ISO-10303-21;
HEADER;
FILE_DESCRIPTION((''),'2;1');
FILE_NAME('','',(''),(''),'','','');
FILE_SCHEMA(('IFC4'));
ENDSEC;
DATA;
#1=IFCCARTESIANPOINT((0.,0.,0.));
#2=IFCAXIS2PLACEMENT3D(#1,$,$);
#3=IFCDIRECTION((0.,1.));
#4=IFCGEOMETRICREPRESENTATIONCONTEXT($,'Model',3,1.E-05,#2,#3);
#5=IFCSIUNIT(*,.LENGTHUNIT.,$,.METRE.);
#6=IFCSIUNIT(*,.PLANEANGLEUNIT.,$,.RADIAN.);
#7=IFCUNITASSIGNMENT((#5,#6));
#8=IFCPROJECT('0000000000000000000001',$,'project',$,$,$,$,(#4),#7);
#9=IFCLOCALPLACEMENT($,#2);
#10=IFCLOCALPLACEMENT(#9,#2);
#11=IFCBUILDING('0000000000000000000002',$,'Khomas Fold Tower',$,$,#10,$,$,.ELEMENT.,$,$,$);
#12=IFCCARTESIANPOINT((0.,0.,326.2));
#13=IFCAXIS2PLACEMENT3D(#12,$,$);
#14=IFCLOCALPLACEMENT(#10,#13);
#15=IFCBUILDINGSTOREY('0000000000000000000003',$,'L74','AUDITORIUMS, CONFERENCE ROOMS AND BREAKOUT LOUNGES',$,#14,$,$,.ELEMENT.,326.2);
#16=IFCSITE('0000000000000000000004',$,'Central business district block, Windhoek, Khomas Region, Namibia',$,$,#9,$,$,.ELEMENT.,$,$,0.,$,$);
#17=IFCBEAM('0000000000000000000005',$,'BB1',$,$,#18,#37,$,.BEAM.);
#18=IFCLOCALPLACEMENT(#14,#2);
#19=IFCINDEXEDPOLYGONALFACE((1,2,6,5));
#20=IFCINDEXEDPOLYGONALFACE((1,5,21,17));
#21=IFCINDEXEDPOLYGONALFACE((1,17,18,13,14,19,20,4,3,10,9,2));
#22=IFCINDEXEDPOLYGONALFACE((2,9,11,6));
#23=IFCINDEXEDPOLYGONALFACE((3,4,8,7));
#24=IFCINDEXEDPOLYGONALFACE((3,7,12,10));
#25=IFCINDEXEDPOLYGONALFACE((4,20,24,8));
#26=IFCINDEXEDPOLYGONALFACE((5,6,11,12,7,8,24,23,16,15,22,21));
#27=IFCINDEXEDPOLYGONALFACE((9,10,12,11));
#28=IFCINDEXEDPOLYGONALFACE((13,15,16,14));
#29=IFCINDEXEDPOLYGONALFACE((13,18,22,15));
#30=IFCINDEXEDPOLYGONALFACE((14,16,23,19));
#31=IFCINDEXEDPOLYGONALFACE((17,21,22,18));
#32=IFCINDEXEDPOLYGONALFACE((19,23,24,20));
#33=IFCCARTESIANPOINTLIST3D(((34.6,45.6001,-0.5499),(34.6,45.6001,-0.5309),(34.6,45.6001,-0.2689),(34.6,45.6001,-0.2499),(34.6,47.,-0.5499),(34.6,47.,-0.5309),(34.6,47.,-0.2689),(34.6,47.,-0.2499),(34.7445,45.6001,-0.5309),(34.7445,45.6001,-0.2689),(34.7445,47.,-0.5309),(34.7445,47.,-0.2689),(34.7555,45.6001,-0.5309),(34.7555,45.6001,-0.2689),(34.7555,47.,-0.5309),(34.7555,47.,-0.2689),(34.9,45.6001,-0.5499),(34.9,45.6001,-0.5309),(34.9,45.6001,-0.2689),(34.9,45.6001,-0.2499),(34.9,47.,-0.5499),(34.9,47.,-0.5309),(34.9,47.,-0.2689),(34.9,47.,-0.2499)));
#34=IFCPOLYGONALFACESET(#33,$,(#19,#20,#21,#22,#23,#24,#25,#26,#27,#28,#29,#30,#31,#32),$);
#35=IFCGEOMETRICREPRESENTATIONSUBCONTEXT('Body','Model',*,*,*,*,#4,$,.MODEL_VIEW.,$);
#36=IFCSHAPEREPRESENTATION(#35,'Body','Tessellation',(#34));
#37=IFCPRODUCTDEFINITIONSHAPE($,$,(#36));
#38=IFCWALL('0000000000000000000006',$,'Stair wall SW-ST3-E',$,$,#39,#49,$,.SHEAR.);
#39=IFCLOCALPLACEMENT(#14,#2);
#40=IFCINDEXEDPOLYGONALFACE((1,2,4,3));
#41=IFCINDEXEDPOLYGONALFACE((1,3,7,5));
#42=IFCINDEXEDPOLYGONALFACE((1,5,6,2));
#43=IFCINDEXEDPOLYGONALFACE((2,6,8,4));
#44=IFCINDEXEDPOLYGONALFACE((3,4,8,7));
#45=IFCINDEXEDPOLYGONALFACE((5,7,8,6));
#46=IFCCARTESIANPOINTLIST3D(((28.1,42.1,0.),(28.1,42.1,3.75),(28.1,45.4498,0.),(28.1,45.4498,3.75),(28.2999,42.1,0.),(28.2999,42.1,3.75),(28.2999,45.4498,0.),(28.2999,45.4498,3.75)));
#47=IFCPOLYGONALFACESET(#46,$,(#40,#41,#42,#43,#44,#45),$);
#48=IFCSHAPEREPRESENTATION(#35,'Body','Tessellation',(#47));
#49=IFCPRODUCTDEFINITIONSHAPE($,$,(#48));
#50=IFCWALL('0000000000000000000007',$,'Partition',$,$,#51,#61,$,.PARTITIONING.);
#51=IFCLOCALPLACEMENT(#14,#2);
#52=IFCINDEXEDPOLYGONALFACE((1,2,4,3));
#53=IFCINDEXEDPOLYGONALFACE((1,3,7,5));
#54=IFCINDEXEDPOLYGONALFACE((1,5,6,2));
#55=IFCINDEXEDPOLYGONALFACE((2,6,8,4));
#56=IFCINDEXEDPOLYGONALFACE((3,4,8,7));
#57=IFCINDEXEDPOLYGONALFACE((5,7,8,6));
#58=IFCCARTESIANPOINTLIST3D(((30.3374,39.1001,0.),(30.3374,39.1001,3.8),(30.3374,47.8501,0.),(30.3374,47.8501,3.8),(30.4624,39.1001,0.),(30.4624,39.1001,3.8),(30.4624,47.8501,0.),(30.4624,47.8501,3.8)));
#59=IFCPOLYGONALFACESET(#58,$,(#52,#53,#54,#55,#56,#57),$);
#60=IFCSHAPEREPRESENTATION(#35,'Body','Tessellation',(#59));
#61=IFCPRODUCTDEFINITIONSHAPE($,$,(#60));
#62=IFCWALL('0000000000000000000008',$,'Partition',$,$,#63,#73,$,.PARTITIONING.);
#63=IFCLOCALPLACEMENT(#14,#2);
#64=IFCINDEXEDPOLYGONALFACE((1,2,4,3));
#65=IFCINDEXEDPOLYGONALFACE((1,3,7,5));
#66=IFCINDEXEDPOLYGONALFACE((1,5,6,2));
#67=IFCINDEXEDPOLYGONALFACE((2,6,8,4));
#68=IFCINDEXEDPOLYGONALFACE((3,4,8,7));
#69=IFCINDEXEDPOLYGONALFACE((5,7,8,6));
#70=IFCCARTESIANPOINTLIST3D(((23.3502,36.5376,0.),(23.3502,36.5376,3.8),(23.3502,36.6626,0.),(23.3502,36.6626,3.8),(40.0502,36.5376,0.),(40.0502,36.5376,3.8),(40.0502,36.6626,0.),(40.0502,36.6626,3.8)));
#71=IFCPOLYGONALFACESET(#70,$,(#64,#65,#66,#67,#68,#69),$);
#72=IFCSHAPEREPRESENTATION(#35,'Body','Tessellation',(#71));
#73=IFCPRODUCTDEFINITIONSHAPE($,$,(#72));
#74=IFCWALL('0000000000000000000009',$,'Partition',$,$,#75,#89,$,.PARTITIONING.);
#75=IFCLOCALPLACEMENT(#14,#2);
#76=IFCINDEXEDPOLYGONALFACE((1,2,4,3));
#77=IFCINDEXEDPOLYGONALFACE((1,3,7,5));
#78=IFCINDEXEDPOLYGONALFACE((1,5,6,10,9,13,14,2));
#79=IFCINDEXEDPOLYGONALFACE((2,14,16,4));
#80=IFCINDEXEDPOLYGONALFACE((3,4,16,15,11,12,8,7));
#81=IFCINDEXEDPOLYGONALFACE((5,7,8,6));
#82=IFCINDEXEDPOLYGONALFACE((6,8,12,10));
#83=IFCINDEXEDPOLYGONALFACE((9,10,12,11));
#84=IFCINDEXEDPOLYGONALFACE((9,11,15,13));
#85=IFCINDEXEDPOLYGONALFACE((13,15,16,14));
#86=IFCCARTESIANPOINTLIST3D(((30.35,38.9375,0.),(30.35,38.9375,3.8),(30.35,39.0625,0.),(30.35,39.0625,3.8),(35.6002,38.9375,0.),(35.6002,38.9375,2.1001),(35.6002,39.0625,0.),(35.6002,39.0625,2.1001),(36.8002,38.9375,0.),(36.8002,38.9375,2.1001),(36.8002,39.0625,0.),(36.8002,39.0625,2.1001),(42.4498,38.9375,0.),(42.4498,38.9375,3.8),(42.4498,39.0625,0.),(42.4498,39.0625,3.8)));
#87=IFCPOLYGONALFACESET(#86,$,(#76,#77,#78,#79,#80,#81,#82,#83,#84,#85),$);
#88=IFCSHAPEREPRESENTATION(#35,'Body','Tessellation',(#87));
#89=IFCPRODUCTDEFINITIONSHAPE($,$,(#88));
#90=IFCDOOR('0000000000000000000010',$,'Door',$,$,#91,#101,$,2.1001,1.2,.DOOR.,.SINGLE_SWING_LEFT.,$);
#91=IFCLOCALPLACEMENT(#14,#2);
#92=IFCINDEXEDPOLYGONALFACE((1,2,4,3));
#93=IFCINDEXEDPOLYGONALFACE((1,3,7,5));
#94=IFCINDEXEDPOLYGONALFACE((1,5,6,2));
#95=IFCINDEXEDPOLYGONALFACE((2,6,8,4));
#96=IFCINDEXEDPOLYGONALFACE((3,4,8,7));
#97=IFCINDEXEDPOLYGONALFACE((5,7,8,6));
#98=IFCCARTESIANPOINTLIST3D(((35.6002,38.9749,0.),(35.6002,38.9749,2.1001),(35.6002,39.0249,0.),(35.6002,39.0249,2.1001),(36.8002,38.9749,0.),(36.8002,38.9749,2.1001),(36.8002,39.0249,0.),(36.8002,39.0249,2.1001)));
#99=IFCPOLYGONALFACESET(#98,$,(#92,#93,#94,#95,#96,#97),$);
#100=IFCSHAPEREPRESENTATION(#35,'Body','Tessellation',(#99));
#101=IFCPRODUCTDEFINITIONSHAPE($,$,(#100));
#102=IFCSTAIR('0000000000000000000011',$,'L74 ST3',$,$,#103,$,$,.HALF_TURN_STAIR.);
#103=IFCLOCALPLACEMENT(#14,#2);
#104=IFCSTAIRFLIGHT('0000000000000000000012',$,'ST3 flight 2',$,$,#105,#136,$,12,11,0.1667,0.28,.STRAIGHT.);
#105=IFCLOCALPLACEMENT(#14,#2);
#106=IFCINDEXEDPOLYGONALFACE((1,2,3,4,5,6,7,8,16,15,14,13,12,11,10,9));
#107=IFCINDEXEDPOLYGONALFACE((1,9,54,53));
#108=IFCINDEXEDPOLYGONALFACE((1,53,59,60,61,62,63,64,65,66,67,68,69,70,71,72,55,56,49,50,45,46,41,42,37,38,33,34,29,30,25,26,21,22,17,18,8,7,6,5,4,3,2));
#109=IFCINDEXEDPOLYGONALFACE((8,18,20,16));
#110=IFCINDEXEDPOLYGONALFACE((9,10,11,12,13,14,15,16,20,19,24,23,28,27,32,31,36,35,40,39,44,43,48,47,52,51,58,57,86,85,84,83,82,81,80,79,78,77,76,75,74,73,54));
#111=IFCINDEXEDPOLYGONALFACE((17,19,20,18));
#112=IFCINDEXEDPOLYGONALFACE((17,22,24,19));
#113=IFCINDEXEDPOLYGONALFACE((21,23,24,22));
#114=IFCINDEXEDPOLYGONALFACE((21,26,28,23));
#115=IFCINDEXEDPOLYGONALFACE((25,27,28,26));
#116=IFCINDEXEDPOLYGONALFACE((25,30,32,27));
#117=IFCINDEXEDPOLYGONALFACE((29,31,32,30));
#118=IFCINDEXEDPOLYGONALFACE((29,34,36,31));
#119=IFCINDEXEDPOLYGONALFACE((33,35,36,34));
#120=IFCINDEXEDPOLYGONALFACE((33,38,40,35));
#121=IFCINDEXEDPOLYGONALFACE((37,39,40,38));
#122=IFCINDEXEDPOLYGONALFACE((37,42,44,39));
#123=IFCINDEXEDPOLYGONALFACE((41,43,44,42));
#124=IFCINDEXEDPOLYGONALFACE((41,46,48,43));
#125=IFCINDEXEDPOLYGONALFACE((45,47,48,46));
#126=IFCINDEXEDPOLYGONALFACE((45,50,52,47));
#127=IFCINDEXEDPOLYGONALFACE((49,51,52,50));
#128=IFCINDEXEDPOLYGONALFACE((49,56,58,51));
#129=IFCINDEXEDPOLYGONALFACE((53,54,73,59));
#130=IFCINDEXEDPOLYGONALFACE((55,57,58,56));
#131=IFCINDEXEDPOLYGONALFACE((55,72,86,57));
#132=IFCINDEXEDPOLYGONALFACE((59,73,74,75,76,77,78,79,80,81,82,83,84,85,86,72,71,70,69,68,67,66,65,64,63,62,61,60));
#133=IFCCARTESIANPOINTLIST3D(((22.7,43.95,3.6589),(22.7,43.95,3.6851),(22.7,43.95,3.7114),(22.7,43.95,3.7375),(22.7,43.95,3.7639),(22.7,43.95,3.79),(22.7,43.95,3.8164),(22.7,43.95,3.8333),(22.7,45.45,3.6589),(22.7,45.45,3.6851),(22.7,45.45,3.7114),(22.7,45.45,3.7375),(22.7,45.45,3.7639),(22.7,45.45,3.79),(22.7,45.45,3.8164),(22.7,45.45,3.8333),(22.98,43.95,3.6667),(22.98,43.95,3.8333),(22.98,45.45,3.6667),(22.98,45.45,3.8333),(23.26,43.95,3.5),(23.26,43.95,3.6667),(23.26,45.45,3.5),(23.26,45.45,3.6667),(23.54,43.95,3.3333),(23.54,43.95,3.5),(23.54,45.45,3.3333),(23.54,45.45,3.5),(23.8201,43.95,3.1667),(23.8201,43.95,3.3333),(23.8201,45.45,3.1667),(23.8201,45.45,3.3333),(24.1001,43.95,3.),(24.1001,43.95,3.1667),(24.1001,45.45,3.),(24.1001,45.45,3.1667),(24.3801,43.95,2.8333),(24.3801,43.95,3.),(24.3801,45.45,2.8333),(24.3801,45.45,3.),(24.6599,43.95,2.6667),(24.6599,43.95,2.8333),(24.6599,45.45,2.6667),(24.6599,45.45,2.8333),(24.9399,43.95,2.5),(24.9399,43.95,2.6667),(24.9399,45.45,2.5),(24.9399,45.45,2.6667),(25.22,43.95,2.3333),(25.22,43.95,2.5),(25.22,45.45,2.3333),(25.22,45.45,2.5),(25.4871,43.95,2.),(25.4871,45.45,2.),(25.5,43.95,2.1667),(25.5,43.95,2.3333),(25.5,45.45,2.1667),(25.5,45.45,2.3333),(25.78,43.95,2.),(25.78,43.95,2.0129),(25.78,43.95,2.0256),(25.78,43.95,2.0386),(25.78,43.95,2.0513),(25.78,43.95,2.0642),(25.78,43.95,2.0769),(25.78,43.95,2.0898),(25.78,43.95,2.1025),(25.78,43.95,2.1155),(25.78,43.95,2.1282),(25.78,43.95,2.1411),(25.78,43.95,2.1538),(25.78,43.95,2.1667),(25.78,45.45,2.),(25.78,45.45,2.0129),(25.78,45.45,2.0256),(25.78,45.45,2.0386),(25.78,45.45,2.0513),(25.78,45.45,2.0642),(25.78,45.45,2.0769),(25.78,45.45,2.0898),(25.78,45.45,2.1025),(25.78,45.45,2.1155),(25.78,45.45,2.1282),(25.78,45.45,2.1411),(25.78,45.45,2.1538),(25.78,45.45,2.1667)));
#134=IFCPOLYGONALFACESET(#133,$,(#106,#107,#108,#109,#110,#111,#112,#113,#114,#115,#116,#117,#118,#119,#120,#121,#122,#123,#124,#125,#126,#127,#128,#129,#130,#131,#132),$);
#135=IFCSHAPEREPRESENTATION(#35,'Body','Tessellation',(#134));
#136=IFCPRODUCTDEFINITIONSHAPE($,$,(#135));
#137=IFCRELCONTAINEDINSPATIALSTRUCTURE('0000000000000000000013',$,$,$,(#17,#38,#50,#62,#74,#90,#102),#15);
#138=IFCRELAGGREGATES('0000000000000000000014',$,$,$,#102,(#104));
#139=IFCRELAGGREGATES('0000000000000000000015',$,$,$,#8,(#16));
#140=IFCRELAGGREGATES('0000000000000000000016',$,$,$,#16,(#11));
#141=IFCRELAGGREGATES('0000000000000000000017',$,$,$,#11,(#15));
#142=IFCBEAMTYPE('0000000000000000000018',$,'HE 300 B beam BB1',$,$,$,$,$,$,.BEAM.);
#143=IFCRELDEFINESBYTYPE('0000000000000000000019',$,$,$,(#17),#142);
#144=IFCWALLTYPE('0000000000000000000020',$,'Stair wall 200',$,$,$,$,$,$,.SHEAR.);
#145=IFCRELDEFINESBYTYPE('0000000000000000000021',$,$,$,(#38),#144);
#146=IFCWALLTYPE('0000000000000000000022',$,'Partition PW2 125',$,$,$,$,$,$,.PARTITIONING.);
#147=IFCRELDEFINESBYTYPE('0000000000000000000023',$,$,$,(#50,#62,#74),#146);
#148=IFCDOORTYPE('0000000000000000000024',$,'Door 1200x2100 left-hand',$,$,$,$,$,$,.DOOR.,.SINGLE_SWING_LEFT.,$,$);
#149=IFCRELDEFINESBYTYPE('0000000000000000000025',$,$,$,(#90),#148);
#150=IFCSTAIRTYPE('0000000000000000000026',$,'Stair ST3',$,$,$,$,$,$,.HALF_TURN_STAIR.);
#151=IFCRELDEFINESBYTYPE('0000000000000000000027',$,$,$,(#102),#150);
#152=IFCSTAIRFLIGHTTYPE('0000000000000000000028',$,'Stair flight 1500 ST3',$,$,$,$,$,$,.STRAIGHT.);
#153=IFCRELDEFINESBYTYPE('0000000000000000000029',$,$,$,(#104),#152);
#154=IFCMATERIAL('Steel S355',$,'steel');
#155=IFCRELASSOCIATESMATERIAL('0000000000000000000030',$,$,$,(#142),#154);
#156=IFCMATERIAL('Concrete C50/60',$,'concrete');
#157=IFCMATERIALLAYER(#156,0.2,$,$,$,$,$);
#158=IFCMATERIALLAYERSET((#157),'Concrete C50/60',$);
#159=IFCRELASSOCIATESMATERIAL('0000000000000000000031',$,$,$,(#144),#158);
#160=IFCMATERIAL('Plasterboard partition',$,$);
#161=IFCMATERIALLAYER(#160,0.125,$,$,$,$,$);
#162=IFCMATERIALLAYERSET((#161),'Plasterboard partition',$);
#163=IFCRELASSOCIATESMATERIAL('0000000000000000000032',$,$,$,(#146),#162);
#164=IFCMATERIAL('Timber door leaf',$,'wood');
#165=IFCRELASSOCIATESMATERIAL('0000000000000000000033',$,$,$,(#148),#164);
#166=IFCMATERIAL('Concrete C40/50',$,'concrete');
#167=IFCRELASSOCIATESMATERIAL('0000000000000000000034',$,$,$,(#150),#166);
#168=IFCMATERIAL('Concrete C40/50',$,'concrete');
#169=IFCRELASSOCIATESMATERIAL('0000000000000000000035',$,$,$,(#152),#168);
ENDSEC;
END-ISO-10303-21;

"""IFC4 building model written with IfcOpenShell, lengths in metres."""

from ifc_helpers import new_model, si_unit, direction, frame, frame_2d, origin, origin_2d, place, context, subcontext, project, spatial, polyline, rectangle, i_section, outline, extrude, source, transform, mapped, material, layer, layer_set, material_profile, profile_set, type_object, element, fill, aggregate, save


model = new_model("IFC4")

# Units and contexts
model_context = context("Model", 3, precision=1e-05, world=origin(), true_north=direction((0.0, 1.0)))
body_context = subcontext(model_context, "Body", "Model", "MODEL_VIEW")
ifc_project = project(units=[si_unit("LENGTHUNIT", "METRE"), si_unit("PLANEANGLEUNIT", "RADIAN")], contexts=[model_context])

# Site, building, storey
site_placement = place(None, origin())
site = spatial("IfcSite", under=ifc_project, at=site_placement, Name="Central business district block, Windhoek, Khomas Region, Namibia", CompositionType="ELEMENT", RefElevation=0.0)
building_placement = place(site_placement, origin())
building = spatial("IfcBuilding", under=site, at=building_placement, Name="Khomas Fold Tower", CompositionType="ELEMENT")
storey_placement = place(building_placement, frame((0.0, 0.0, 326.2)))
storey = spatial("IfcBuildingStorey", under=building, at=storey_placement, Name="L74", Description="AUDITORIUMS, CONFERENCE ROOMS AND BREAKOUT LOUNGES", CompositionType="ELEMENT", Elevation=326.2)

# Beam
ifc_material_1 = material(Name="Steel S355", Category="steel")
ifc_material_profile_1 = material_profile(ifc_material_1, i_section(OverallWidth=0.3, OverallDepth=0.3, WebThickness=0.011, FlangeThickness=0.019, at=origin_2d()), Name="HE 300 B")
ifc_profile_set_1 = profile_set([ifc_material_profile_1], Name="Steel S355")
beam_type_1 = type_object("IfcBeamType", Name="HE 300 B beam BB1", PredefinedType="BEAM", material=ifc_profile_set_1)
shared_shape_1 = source(origin(), body_context, "Body", "SweptSolid", [
    extrude(i_section(OverallWidth=0.3, OverallDepth=0.3, WebThickness=0.011, FlangeThickness=0.019, at=origin_2d()), origin(), (0.0, 0.0, 1.0), 1.3999),
])
beam_1_placement = place(storey_placement, frame((34.75, 45.6001, -0.3999), z_axis=(0.0, 1.0, 0.0), x_axis=(-1.0, 0.0, 0.0)))
element("IfcBeam", 1, at=beam_1_placement, inside=storey, type_object=beam_type_1, Name="BB1", PredefinedType="BEAM", context=body_context, shape_type="MappedRepresentation", body=[
    mapped(shared_shape_1, transform((0.0, 0.0, 0.0))),
])

# Wall
ifc_material_2 = material(Name="Concrete C50/60", Category="concrete")
ifc_layer_1 = layer(ifc_material_2, 0.2)
ifc_layer_set_1 = layer_set([ifc_layer_1], Name="Concrete C50/60")
wall_type_1 = type_object("IfcWallType", Name="Stair wall 200", PredefinedType="SHEAR", material=ifc_layer_set_1)
shared_shape_2 = source(origin(), body_context, "Body", "SweptSolid", [
    extrude(rectangle(XDim=3.3499, YDim=0.2, at=frame_2d((1.6748, 0.0))), origin(), (0.0, 0.0, 1.0), 3.75),
])
wall_1_placement = place(storey_placement, frame((28.2, 42.1001, 0.0), z_axis=(0.0, 0.0, 1.0), x_axis=(0.0, 1.0, 0.0)))
element("IfcWall", 2, at=wall_1_placement, inside=storey, type_object=wall_type_1, Name="Stair wall SW-ST3-E", PredefinedType="SHEAR", context=body_context, shape_type="MappedRepresentation", body=[
    mapped(shared_shape_2, transform((0.0, 0.0, 0.0))),
])

# Walls
ifc_material_3 = material(Name="Plasterboard partition")
ifc_layer_2 = layer(ifc_material_3, 0.125)
ifc_layer_set_2 = layer_set([ifc_layer_2], Name="Plasterboard partition")
wall_type_2 = type_object("IfcWallType", Name="Partition PW2 125", PredefinedType="PARTITIONING", material=ifc_layer_set_2)
shared_shape_3 = source(origin(), body_context, "Body", "SweptSolid", [
    extrude(rectangle(XDim=8.75, YDim=0.125, at=frame_2d((4.375, 0.0))), origin(), (0.0, 0.0, 1.0), 3.8),
])
wall_2_placement = place(storey_placement, frame((30.3999, 39.1001, 0.0), z_axis=(0.0, 0.0, 1.0), x_axis=(0.0, 1.0, 0.0)))
element("IfcWall", 3, at=wall_2_placement, inside=storey, type_object=wall_type_2, Name="Partition", PredefinedType="PARTITIONING", context=body_context, shape_type="MappedRepresentation", body=[
    mapped(shared_shape_3, transform((0.0, 0.0, 0.0))),
])
shared_shape_4 = source(origin(), body_context, "Body", "SweptSolid", [
    extrude(rectangle(XDim=16.7, YDim=0.125, at=frame_2d((8.3501, 0.0))), origin(), (0.0, 0.0, 1.0), 3.8),
])
wall_3_placement = place(storey_placement, frame((23.3501, 36.6001, 0.0), z_axis=(0.0, 0.0, 1.0), x_axis=(1.0, 0.0, 0.0)))
element("IfcWall", 4, at=wall_3_placement, inside=storey, type_object=wall_type_2, Name="Partition", PredefinedType="PARTITIONING", context=body_context, shape_type="MappedRepresentation", body=[
    mapped(shared_shape_4, transform((0.0, 0.0, 0.0))),
])

# Wall, opening, door
shared_shape_5 = source(origin(), body_context, "Body", "SweptSolid", [
    extrude(rectangle(XDim=12.0999, YDim=0.125, at=frame_2d((6.0498, 0.0))), origin(), (0.0, 0.0, 1.0), 3.8),
])
wall_4_placement = place(storey_placement, frame((30.3501, 39.0, 0.0), z_axis=(0.0, 0.0, 1.0), x_axis=(1.0, 0.0, 0.0)))
wall_4 = element("IfcWall", 5, at=wall_4_placement, inside=storey, type_object=wall_type_2, Name="Partition", PredefinedType="PARTITIONING", context=body_context, shape_type="MappedRepresentation", body=[
    mapped(shared_shape_5, transform((0.0, 0.0, 0.0))),
])
shared_shape_6 = source(origin(), body_context, "Body", "SweptSolid", [
    extrude(rectangle(XDim=1.2, YDim=2.1001, at=frame_2d((0.6001, 1.05))), frame((0.0, 0.0725, 0.0), z_axis=(0.0, -1.0, 0.0), x_axis=(1.0, 0.0, 0.0)), (0.0, 0.0, 1.0), 0.145),
])
opening_1_placement = place(wall_4_placement, frame((5.25, 0.0, 0.0)))
opening_1 = element("IfcOpeningElement", 6, at=opening_1_placement, cuts=wall_4, PredefinedType="OPENING", context=body_context, shape_type="MappedRepresentation", body=[
    mapped(shared_shape_6, transform((0.0, 0.0, 0.0))),
])
ifc_material_4 = material(Name="Timber door leaf", Category="wood")
door_type_1 = type_object("IfcDoorType", Name="Door 1200x2100 left-hand", OperationType="SINGLE_SWING_LEFT", PredefinedType="DOOR", material=ifc_material_4)
shared_shape_7 = source(origin(), body_context, "Body", "SweptSolid", [
    extrude(rectangle(XDim=1.2, YDim=2.1001, at=frame_2d((0.6001, 1.05))), frame((0.0, 0.0249, 0.0), z_axis=(0.0, -1.0, 0.0), x_axis=(1.0, 0.0, 0.0)), (0.0, 0.0, 1.0), 0.05),
])
door_1_placement = place(opening_1_placement, origin())
door_1 = element("IfcDoor", 7, at=door_1_placement, inside=storey, type_object=door_type_1, Name="Door", OperationType="SINGLE_SWING_LEFT", OverallHeight=2.1001, OverallWidth=1.2, PredefinedType="DOOR", context=body_context, shape_type="MappedRepresentation", body=[
    mapped(shared_shape_7, transform((0.0, 0.0, 0.0))),
])
fill(opening_1, door_1)

# Stair, stair flight
ifc_material_5 = material(Name="Concrete C40/50", Category="concrete")
stair_type = type_object("IfcStairType", Name="Stair ST3", PredefinedType="HALF_TURN_STAIR", material=ifc_material_5)
stair_placement = place(storey_placement, origin())
stair = element("IfcStair", 8, at=stair_placement, inside=storey, type_object=stair_type, Name="L74 ST3", PredefinedType="HALF_TURN_STAIR")
ifc_material_6 = material(Name="Concrete C40/50", Category="concrete")
stair_flight_type = type_object("IfcStairFlightType", Name="Stair flight 1500 ST3", PredefinedType="STRAIGHT", material=ifc_material_6)
shared_shape_8 = source(origin(), body_context, "Body", "SweptSolid", [
    extrude(outline(polyline([(0.0, 0.0), (0.0, 0.0129), (0.0, 0.0256), (0.0, 0.0386), (0.0, 0.0513), (0.0, 0.0642), (0.0, 0.0769), (0.0, 0.0898), (0.0, 0.1025), (0.0, 0.1155), (0.0, 0.1282), (0.0, 0.1411), (0.0, 0.1538), (0.0, 0.1667), (0.28, 0.1667), (0.28, 0.3333), (0.5601, 0.3333), (0.5601, 0.5), (0.8401, 0.5), (0.8401, 0.6667), (1.1201, 0.6667), (1.1201, 0.8333), (1.3999, 0.8333), (1.3999, 1.0), (1.6799, 1.0), (1.6799, 1.1667), (1.96, 1.1667), (1.96, 1.3333), (2.24, 1.3333), (2.24, 1.5), (2.52, 1.5), (2.52, 1.6667), (2.8, 1.6667), (2.8, 1.8333), (3.0801, 1.8333), (3.0801, 2.0), (3.0801, 1.9739), (3.0801, 1.9475), (3.0801, 1.9214), (3.0801, 1.895), (3.0801, 1.8689), (3.0801, 1.8425), (3.0801, 1.8164), (3.0801, 1.79), (3.0801, 1.7639), (3.0801, 1.7375), (3.0801, 1.7114), (3.0801, 1.6851), (3.0801, 1.6589), (0.293, 0.0), (0.0, 0.0)])), frame((0.0, 0.75, 0.0), z_axis=(0.0, -1.0, 0.0), x_axis=(1.0, 0.0, 0.0)), (0.0, 0.0, 1.0), 1.5),
])
stair_flight_placement = place(storey_placement, frame((25.78, 44.7, 2.0), z_axis=(0.0, 0.0, 1.0), x_axis=(-1.0, 0.0, 0.0)))
stair_flight = element("IfcStairFlight", 9, at=stair_flight_placement, type_object=stair_flight_type, Name="ST3 flight 2", NumberOfRisers=12, NumberOfTreads=11, PredefinedType="STRAIGHT", RiserHeight=0.1667, TreadLength=0.28, context=body_context, shape_type="MappedRepresentation", body=[
    mapped(shared_shape_8, transform((0.0, 0.0, 0.0))),
])
aggregate(stair, [stair_flight])

save(model, "model.ifc")
